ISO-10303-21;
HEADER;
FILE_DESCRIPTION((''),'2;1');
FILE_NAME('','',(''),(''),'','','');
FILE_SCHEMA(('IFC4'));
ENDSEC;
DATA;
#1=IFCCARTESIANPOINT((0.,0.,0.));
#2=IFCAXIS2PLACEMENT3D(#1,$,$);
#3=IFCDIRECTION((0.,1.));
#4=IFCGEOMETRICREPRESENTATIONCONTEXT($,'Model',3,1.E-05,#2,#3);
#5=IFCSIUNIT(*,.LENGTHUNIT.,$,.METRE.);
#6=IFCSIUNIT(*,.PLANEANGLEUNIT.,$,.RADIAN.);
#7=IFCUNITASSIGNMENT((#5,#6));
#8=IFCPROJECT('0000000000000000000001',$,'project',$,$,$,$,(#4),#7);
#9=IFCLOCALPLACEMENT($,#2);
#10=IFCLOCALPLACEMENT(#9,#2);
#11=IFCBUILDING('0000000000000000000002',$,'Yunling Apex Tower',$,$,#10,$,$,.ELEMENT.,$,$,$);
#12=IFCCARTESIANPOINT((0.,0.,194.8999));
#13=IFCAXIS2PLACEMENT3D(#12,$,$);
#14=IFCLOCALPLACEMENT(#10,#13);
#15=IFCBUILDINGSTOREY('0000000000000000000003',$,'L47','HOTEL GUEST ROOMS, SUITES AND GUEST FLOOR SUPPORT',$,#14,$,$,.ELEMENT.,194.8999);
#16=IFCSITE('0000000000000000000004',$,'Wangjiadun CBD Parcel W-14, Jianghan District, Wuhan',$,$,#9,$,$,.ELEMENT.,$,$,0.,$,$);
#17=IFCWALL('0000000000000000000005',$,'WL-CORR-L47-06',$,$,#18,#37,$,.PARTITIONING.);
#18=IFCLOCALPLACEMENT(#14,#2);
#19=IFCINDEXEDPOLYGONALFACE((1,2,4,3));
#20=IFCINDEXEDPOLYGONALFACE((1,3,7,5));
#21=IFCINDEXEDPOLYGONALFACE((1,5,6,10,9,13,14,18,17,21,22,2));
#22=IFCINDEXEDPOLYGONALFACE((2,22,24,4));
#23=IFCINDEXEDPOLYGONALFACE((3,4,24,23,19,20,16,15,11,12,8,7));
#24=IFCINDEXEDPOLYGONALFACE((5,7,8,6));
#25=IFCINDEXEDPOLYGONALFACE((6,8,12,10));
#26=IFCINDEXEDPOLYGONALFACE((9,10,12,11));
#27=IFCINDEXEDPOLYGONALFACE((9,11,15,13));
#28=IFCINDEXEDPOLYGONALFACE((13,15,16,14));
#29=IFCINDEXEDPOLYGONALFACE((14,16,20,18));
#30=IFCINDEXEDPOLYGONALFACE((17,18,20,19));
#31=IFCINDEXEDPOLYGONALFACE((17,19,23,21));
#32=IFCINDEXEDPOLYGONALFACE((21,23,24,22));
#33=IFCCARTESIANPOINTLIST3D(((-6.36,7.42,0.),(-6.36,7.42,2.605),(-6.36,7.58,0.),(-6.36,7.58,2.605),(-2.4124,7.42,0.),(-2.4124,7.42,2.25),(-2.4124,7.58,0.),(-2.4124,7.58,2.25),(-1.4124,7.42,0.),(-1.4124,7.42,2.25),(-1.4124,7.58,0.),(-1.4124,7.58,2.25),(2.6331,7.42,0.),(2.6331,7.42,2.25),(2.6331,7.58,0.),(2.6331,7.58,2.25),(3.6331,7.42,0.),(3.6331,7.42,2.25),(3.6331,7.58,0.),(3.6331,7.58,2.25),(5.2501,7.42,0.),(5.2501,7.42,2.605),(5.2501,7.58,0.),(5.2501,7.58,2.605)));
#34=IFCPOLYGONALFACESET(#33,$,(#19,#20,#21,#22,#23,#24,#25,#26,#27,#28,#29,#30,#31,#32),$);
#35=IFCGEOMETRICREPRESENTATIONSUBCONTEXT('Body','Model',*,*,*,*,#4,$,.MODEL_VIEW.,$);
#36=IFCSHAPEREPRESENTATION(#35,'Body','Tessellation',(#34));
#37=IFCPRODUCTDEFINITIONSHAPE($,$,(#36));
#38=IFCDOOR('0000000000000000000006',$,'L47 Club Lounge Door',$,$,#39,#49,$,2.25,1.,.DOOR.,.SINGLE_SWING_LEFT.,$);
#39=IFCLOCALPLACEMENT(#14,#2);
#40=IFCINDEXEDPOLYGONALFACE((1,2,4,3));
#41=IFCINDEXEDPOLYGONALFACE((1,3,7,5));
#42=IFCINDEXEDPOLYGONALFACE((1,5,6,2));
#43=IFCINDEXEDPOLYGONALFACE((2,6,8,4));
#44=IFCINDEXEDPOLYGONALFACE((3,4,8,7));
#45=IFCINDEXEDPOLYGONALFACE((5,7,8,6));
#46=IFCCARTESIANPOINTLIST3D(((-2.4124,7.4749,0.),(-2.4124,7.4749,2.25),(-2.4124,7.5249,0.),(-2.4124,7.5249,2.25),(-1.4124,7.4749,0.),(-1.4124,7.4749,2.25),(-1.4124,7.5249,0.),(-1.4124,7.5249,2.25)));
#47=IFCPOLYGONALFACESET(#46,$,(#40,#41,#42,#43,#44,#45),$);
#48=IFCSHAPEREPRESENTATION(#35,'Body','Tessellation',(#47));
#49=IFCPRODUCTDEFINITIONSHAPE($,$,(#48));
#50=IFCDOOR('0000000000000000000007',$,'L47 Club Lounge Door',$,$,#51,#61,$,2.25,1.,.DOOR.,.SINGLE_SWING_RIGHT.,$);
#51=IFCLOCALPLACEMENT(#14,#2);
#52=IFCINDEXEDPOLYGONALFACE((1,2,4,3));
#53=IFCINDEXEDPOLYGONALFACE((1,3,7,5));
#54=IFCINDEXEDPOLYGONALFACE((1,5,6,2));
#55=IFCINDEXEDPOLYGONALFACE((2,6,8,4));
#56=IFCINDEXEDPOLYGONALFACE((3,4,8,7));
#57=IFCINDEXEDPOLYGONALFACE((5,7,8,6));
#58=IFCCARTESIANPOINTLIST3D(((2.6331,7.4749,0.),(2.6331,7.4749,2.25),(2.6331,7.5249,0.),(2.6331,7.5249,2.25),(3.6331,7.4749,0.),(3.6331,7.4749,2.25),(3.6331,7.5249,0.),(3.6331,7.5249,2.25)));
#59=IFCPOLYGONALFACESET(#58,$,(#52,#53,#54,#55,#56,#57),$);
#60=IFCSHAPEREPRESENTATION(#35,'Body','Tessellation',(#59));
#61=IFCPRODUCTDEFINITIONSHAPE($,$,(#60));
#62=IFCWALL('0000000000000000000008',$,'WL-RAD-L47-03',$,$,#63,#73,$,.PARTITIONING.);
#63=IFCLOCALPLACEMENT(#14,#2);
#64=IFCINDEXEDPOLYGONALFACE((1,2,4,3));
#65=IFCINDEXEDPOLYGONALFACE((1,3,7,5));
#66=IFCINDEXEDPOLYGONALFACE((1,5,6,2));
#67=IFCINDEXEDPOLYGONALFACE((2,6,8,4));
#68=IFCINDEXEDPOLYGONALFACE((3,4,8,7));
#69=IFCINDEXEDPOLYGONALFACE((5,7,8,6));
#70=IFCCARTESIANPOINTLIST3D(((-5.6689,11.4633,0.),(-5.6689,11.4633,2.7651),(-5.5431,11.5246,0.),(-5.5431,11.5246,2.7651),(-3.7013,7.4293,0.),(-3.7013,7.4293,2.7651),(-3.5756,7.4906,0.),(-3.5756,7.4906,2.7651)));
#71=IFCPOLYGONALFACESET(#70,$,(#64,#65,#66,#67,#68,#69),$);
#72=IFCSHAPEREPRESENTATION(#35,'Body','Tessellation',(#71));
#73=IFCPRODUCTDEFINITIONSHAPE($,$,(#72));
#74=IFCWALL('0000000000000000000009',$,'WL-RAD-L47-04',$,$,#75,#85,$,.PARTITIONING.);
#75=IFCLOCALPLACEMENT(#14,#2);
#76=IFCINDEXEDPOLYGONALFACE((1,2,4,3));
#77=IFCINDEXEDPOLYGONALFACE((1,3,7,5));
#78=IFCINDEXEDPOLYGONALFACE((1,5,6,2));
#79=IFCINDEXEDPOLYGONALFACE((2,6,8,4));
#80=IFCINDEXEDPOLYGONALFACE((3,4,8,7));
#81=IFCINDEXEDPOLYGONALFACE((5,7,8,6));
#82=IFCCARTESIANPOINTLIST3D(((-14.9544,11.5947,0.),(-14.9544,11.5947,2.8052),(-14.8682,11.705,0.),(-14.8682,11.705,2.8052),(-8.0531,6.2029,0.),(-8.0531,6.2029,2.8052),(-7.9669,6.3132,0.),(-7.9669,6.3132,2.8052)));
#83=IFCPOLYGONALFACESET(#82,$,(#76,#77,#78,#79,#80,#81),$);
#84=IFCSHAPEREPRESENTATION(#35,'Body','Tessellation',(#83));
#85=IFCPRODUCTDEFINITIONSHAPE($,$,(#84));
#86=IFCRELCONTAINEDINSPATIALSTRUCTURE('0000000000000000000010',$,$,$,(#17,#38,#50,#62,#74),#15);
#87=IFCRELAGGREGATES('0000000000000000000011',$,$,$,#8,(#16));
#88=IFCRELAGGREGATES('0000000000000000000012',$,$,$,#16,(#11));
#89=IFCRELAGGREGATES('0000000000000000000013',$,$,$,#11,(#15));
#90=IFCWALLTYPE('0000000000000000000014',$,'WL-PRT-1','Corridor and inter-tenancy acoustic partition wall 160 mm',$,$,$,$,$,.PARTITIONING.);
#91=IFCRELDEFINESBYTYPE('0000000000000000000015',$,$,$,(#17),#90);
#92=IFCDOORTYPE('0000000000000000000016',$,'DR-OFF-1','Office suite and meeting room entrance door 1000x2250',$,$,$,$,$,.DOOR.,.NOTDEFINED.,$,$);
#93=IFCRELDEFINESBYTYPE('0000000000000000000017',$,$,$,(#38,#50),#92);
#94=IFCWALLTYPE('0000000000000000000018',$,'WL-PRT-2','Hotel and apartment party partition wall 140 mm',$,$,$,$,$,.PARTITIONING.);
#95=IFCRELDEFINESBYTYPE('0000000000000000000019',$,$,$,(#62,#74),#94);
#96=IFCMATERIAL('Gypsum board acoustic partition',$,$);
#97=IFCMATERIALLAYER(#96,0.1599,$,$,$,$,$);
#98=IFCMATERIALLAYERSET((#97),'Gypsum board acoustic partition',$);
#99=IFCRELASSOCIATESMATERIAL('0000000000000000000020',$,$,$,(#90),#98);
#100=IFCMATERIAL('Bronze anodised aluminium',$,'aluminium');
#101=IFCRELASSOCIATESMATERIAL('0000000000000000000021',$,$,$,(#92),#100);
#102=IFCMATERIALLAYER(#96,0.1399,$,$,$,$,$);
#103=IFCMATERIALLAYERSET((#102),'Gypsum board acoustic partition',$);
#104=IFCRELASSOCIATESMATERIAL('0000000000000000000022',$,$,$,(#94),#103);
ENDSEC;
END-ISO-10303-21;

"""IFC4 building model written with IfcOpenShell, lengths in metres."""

from ifc_helpers import new_model, si_unit, direction, frame, frame_2d, origin, place, context, subcontext, project, spatial, rectangle, extrude, material, layer, layer_set, type_object, element, fill, save


model = new_model("IFC4")

# Units and contexts
model_context = context("Model", 3, precision=1e-05, world=origin(), true_north=direction((0.0, 1.0)))
body_context = subcontext(model_context, "Body", "Model", "MODEL_VIEW")
ifc_project = project(units=[si_unit("LENGTHUNIT", "METRE"), si_unit("PLANEANGLEUNIT", "RADIAN")], contexts=[model_context])

# Site, building, storey
site_placement = place(None, origin())
site = spatial("IfcSite", under=ifc_project, at=site_placement, Name="Wangjiadun CBD Parcel W-14, Jianghan District, Wuhan", CompositionType="ELEMENT", RefElevation=0.0)
building_placement = place(site_placement, origin())
building = spatial("IfcBuilding", under=site, at=building_placement, Name="Yunling Apex Tower", CompositionType="ELEMENT")
storey_placement = place(building_placement, frame((0.0, 0.0, 194.8999)))
storey = spatial("IfcBuildingStorey", under=building, at=storey_placement, Name="L47", Description="HOTEL GUEST ROOMS, SUITES AND GUEST FLOOR SUPPORT", CompositionType="ELEMENT", Elevation=194.8999)

# Shared definitions
ifc_material_1 = material(Name="Bronze anodised aluminium", Category="aluminium")

# Shared definitions
ifc_material_2 = material(Name="Gypsum board acoustic partition")
ifc_layer_1 = layer(ifc_material_2, 0.1599)
ifc_layer_set_1 = layer_set([ifc_layer_1], Name="Gypsum board acoustic partition")
wall_type_1 = type_object("IfcWallType", Name="WL-PRT-1", Description="Corridor and inter-tenancy acoustic partition wall 160 mm", PredefinedType="PARTITIONING", material=ifc_layer_set_1)

# Wall, openings, doors
wall_1_placement = place(storey_placement, frame((-6.3601, 7.5, 0.0), z_axis=(0.0, 0.0, 1.0), x_axis=(1.0, 0.0, 0.0)))
wall_1 = element("IfcWall", 1, at=wall_1_placement, inside=storey, type_object=wall_type_1, Name="WL-CORR-L47-06", PredefinedType="PARTITIONING", context=body_context, shape_type="SweptSolid", body=[
    extrude(rectangle(XDim=11.6101, YDim=0.1599, at=frame_2d((5.8052, 0.0))), origin(), (0.0, 0.0, 1.0), 2.605),
])
opening_1_placement = place(wall_1_placement, frame((3.9478, 0.0, 0.0)))
opening_1 = element("IfcOpeningElement", 2, at=opening_1_placement, cuts=wall_1, PredefinedType="OPENING", context=body_context, shape_type="SweptSolid", body=[
    extrude(rectangle(XDim=1.0, YDim=2.25, at=frame_2d((0.5, 1.125))), frame((0.0, 0.0898, 0.0), z_axis=(0.0, -1.0, 0.0), x_axis=(1.0, 0.0, 0.0)), (0.0, 0.0, 1.0), 0.1799),
])
opening_2_placement = place(wall_1_placement, frame((8.9932, 0.0, 0.0)))
opening_2 = element("IfcOpeningElement", 3, at=opening_2_placement, cuts=wall_1, PredefinedType="OPENING", context=body_context, shape_type="SweptSolid", body=[
    extrude(rectangle(XDim=1.0, YDim=2.25, at=frame_2d((0.5, 1.125))), frame((0.0, 0.0898, 0.0), z_axis=(0.0, -1.0, 0.0), x_axis=(1.0, 0.0, 0.0)), (0.0, 0.0, 1.0), 0.1799),
])
door_type = type_object("IfcDoorType", Name="DR-OFF-1", Description="Office suite and meeting room entrance door 1000x2250", OperationType="NOTDEFINED", PredefinedType="DOOR", material=ifc_material_1)
door_1_placement = place(opening_1_placement, origin())
door_1 = element("IfcDoor", 4, at=door_1_placement, inside=storey, type_object=door_type, Name="L47 Club Lounge Door", OperationType="SINGLE_SWING_LEFT", OverallHeight=2.25, OverallWidth=1.0, PredefinedType="DOOR", context=body_context, shape_type="SweptSolid", body=[
    extrude(rectangle(XDim=1.0, YDim=2.25, at=frame_2d((0.5, 1.125))), frame((0.0, 0.0249, 0.0), z_axis=(0.0, -1.0, 0.0), x_axis=(1.0, 0.0, 0.0)), (0.0, 0.0, 1.0), 0.05),
])
fill(opening_1, door_1)
door_2_placement = place(opening_2_placement, origin())
door_2 = element("IfcDoor", 5, at=door_2_placement, inside=storey, type_object=door_type, Name="L47 Club Lounge Door", OperationType="SINGLE_SWING_RIGHT", OverallHeight=2.25, OverallWidth=1.0, PredefinedType="DOOR", context=body_context, shape_type="SweptSolid", body=[
    extrude(rectangle(XDim=1.0, YDim=2.25, at=frame_2d((0.5, 1.125))), frame((0.0, 0.0249, 0.0), z_axis=(0.0, -1.0, 0.0), x_axis=(1.0, 0.0, 0.0)), (0.0, 0.0, 1.0), 0.05),
])
fill(opening_2, door_2)

# Walls
ifc_layer_2 = layer(ifc_material_2, 0.1399)
ifc_layer_set_2 = layer_set([ifc_layer_2], Name="Gypsum board acoustic partition")
wall_type_2 = type_object("IfcWallType", Name="WL-PRT-2", Description="Hotel and apartment party partition wall 140 mm", PredefinedType="PARTITIONING", material=ifc_layer_set_2)
wall_2_placement = place(storey_placement, frame((-3.6384, 7.46, 0.0), z_axis=(0.0, 0.0, 1.0), x_axis=(-0.43838, 0.89879, 0.0)))
element("IfcWall", 6, at=wall_2_placement, inside=storey, type_object=wall_type_2, Name="WL-RAD-L47-03", PredefinedType="PARTITIONING", context=body_context, shape_type="SweptSolid", body=[
    extrude(rectangle(XDim=4.4883, YDim=0.1399, at=frame_2d((2.2441, 0.0))), origin(), (0.0, 0.0, 1.0), 2.7651),
])
wall_3_placement = place(storey_placement, frame((-8.01, 6.2581, 0.0), z_axis=(0.0, 0.0, 1.0), x_axis=(-0.788016, 0.615655, 0.0)))
element("IfcWall", 7, at=wall_3_placement, inside=storey, type_object=wall_type_2, Name="WL-RAD-L47-04", PredefinedType="PARTITIONING", context=body_context, shape_type="SweptSolid", body=[
    extrude(rectangle(XDim=8.7578, YDim=0.1399, at=frame_2d((4.3789, 0.0))), origin(), (0.0, 0.0, 1.0), 2.8052),
])

save(model, "model.ifc")
